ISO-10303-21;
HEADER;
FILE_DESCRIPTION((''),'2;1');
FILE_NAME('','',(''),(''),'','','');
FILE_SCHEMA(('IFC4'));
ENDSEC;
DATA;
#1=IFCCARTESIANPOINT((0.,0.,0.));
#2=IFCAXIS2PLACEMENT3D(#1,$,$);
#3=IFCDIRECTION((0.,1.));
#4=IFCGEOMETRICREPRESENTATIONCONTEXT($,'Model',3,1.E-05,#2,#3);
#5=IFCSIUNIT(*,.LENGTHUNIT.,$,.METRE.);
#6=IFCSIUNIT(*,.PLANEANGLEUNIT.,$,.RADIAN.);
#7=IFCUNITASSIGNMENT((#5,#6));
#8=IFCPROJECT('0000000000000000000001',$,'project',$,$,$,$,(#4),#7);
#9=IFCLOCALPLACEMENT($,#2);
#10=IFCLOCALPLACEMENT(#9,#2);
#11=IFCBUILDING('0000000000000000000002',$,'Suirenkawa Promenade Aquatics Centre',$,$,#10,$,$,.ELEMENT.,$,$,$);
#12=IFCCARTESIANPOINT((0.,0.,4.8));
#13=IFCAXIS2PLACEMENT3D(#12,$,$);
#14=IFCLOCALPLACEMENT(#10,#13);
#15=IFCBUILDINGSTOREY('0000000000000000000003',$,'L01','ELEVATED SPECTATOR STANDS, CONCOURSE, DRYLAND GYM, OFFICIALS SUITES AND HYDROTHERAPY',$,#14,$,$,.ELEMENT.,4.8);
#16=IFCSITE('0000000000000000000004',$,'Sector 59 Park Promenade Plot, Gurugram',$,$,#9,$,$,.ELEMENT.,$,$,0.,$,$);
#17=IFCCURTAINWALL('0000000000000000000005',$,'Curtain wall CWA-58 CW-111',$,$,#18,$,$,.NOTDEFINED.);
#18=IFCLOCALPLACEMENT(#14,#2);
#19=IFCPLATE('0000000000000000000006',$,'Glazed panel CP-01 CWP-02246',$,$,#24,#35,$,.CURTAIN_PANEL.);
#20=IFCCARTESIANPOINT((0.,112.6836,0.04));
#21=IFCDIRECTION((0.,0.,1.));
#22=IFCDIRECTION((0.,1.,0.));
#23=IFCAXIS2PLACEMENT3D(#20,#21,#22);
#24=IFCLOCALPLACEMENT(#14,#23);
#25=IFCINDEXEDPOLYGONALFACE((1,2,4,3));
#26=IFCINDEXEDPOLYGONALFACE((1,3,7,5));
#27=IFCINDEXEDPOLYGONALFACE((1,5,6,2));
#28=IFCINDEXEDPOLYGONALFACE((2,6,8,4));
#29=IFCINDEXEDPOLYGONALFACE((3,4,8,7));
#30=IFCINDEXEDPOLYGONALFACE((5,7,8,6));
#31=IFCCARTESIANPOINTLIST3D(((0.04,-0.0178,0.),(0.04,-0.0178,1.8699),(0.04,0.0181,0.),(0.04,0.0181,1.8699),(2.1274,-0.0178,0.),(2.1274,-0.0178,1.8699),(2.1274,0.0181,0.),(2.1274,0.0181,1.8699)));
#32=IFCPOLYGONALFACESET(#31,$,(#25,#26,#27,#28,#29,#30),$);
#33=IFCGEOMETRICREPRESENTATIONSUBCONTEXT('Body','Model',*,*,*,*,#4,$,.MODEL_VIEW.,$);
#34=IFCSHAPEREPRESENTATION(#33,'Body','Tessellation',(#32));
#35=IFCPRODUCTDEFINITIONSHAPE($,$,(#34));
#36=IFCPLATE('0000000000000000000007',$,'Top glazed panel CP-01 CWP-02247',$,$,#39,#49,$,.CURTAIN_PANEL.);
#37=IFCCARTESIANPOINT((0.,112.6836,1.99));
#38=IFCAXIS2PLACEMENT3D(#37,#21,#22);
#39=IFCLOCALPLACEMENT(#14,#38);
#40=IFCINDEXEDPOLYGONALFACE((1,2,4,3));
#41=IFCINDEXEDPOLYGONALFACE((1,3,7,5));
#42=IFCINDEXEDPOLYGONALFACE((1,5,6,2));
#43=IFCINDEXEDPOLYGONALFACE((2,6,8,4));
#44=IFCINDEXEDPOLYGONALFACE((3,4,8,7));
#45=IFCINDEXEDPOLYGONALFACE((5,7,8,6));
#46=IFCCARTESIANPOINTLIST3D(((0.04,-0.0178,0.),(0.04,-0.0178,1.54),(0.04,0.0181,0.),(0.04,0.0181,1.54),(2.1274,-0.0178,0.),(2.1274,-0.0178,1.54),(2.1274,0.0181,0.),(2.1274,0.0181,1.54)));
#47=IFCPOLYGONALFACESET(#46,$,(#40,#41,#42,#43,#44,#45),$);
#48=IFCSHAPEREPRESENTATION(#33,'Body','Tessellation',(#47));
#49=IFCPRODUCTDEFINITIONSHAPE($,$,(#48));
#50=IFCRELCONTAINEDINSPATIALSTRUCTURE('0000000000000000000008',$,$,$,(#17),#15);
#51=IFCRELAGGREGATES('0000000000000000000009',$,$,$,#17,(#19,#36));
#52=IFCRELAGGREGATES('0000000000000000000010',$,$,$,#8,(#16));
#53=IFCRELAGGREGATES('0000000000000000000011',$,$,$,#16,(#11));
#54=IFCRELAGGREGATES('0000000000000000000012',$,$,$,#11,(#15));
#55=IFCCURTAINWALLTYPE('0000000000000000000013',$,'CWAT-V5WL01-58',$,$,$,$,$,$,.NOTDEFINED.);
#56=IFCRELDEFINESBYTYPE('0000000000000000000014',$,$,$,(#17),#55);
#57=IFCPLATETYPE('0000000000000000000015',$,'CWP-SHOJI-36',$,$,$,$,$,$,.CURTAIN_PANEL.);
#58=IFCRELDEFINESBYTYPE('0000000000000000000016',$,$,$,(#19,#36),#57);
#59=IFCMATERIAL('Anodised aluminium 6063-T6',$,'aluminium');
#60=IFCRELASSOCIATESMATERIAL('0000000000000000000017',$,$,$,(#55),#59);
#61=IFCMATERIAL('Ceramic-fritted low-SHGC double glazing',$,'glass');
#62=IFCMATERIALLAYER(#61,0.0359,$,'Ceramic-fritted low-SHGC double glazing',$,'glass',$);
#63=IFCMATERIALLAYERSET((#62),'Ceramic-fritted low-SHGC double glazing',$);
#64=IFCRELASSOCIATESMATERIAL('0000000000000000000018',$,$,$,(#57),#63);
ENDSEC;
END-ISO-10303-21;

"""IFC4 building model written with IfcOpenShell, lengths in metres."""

from ifc_helpers import new_model, si_unit, direction, frame, origin, place, context, subcontext, project, spatial, polyline, outline, extrude, material, layer, layer_set, type_object, element, aggregate, save


model = new_model("IFC4")

# Units and contexts
model_context = context("Model", 3, precision=1e-05, world=origin(), true_north=direction((0.0, 1.0)))
body_context = subcontext(model_context, "Body", "Model", "MODEL_VIEW")
ifc_project = project(units=[si_unit("LENGTHUNIT", "METRE"), si_unit("PLANEANGLEUNIT", "RADIAN")], contexts=[model_context])

# Site, building, storey
site_placement = place(None, origin())
site = spatial("IfcSite", under=ifc_project, at=site_placement, Name="Sector 59 Park Promenade Plot, Gurugram", CompositionType="ELEMENT", RefElevation=0.0)
building_placement = place(site_placement, origin())
building = spatial("IfcBuilding", under=site, at=building_placement, Name="Suirenkawa Promenade Aquatics Centre", CompositionType="ELEMENT")
storey_placement = place(building_placement, frame((0.0, 0.0, 4.8)))
storey = spatial("IfcBuildingStorey", under=building, at=storey_placement, Name="L01", Description="ELEVATED SPECTATOR STANDS, CONCOURSE, DRYLAND GYM, OFFICIALS SUITES AND HYDROTHERAPY", CompositionType="ELEMENT", Elevation=4.8)

# Curtain wall, plates
ifc_material_1 = material(Name="Anodised aluminium 6063-T6", Category="aluminium")
curtain_wall_type = type_object("IfcCurtainWallType", Name="CWAT-V5WL01-58", PredefinedType="NOTDEFINED", material=ifc_material_1)
curtain_wall_placement = place(storey_placement, origin())
curtain_wall = element("IfcCurtainWall", 1, at=curtain_wall_placement, inside=storey, type_object=curtain_wall_type, Name="Curtain wall CWA-58 CW-111", PredefinedType="NOTDEFINED")
ifc_material_2 = material(Name="Ceramic-fritted low-SHGC double glazing", Category="glass")
ifc_layer_1 = layer(ifc_material_2, 0.0359, Name="Ceramic-fritted low-SHGC double glazing", Category="glass")
ifc_layer_set_1 = layer_set([ifc_layer_1], Name="Ceramic-fritted low-SHGC double glazing")
plate_type = type_object("IfcPlateType", Name="CWP-SHOJI-36", PredefinedType="CURTAIN_PANEL", material=ifc_layer_set_1)
plate_1_placement = place(storey_placement, frame((0.0, 112.6836, 0.04), z_axis=(0.0, 0.0, 1.0), x_axis=(0.0, 1.0, 0.0)))
plate_1 = element("IfcPlate", 2, at=plate_1_placement, type_object=plate_type, Name="Glazed panel CP-01 CWP-02246", PredefinedType="CURTAIN_PANEL", context=body_context, shape_type="SweptSolid", body=[
    extrude(outline(polyline([(0.04, 0.0), (2.1274, 0.0), (2.1274, 1.8699), (0.04, 1.8699), (0.04, 0.0)])), frame((0.0, 0.0181, 0.0), z_axis=(0.0, -1.0, 0.0), x_axis=(1.0, 0.0, 0.0)), (0.0, 0.0, 1.0), 0.0359),
])
plate_2_placement = place(storey_placement, frame((0.0, 112.6836, 1.99), z_axis=(0.0, 0.0, 1.0), x_axis=(0.0, 1.0, 0.0)))
plate_2 = element("IfcPlate", 3, at=plate_2_placement, type_object=plate_type, Name="Top glazed panel CP-01 CWP-02247", PredefinedType="CURTAIN_PANEL", context=body_context, shape_type="SweptSolid", body=[
    extrude(outline(polyline([(0.04, 0.0), (2.1274, 0.0), (2.1274, 1.54), (0.04, 1.54), (0.04, 0.0)])), frame((0.0, 0.0181, 0.0), z_axis=(0.0, -1.0, 0.0), x_axis=(1.0, 0.0, 0.0)), (0.0, 0.0, 1.0), 0.0359),
])
aggregate(curtain_wall, [plate_1, plate_2])

save(model, "model.ifc")
